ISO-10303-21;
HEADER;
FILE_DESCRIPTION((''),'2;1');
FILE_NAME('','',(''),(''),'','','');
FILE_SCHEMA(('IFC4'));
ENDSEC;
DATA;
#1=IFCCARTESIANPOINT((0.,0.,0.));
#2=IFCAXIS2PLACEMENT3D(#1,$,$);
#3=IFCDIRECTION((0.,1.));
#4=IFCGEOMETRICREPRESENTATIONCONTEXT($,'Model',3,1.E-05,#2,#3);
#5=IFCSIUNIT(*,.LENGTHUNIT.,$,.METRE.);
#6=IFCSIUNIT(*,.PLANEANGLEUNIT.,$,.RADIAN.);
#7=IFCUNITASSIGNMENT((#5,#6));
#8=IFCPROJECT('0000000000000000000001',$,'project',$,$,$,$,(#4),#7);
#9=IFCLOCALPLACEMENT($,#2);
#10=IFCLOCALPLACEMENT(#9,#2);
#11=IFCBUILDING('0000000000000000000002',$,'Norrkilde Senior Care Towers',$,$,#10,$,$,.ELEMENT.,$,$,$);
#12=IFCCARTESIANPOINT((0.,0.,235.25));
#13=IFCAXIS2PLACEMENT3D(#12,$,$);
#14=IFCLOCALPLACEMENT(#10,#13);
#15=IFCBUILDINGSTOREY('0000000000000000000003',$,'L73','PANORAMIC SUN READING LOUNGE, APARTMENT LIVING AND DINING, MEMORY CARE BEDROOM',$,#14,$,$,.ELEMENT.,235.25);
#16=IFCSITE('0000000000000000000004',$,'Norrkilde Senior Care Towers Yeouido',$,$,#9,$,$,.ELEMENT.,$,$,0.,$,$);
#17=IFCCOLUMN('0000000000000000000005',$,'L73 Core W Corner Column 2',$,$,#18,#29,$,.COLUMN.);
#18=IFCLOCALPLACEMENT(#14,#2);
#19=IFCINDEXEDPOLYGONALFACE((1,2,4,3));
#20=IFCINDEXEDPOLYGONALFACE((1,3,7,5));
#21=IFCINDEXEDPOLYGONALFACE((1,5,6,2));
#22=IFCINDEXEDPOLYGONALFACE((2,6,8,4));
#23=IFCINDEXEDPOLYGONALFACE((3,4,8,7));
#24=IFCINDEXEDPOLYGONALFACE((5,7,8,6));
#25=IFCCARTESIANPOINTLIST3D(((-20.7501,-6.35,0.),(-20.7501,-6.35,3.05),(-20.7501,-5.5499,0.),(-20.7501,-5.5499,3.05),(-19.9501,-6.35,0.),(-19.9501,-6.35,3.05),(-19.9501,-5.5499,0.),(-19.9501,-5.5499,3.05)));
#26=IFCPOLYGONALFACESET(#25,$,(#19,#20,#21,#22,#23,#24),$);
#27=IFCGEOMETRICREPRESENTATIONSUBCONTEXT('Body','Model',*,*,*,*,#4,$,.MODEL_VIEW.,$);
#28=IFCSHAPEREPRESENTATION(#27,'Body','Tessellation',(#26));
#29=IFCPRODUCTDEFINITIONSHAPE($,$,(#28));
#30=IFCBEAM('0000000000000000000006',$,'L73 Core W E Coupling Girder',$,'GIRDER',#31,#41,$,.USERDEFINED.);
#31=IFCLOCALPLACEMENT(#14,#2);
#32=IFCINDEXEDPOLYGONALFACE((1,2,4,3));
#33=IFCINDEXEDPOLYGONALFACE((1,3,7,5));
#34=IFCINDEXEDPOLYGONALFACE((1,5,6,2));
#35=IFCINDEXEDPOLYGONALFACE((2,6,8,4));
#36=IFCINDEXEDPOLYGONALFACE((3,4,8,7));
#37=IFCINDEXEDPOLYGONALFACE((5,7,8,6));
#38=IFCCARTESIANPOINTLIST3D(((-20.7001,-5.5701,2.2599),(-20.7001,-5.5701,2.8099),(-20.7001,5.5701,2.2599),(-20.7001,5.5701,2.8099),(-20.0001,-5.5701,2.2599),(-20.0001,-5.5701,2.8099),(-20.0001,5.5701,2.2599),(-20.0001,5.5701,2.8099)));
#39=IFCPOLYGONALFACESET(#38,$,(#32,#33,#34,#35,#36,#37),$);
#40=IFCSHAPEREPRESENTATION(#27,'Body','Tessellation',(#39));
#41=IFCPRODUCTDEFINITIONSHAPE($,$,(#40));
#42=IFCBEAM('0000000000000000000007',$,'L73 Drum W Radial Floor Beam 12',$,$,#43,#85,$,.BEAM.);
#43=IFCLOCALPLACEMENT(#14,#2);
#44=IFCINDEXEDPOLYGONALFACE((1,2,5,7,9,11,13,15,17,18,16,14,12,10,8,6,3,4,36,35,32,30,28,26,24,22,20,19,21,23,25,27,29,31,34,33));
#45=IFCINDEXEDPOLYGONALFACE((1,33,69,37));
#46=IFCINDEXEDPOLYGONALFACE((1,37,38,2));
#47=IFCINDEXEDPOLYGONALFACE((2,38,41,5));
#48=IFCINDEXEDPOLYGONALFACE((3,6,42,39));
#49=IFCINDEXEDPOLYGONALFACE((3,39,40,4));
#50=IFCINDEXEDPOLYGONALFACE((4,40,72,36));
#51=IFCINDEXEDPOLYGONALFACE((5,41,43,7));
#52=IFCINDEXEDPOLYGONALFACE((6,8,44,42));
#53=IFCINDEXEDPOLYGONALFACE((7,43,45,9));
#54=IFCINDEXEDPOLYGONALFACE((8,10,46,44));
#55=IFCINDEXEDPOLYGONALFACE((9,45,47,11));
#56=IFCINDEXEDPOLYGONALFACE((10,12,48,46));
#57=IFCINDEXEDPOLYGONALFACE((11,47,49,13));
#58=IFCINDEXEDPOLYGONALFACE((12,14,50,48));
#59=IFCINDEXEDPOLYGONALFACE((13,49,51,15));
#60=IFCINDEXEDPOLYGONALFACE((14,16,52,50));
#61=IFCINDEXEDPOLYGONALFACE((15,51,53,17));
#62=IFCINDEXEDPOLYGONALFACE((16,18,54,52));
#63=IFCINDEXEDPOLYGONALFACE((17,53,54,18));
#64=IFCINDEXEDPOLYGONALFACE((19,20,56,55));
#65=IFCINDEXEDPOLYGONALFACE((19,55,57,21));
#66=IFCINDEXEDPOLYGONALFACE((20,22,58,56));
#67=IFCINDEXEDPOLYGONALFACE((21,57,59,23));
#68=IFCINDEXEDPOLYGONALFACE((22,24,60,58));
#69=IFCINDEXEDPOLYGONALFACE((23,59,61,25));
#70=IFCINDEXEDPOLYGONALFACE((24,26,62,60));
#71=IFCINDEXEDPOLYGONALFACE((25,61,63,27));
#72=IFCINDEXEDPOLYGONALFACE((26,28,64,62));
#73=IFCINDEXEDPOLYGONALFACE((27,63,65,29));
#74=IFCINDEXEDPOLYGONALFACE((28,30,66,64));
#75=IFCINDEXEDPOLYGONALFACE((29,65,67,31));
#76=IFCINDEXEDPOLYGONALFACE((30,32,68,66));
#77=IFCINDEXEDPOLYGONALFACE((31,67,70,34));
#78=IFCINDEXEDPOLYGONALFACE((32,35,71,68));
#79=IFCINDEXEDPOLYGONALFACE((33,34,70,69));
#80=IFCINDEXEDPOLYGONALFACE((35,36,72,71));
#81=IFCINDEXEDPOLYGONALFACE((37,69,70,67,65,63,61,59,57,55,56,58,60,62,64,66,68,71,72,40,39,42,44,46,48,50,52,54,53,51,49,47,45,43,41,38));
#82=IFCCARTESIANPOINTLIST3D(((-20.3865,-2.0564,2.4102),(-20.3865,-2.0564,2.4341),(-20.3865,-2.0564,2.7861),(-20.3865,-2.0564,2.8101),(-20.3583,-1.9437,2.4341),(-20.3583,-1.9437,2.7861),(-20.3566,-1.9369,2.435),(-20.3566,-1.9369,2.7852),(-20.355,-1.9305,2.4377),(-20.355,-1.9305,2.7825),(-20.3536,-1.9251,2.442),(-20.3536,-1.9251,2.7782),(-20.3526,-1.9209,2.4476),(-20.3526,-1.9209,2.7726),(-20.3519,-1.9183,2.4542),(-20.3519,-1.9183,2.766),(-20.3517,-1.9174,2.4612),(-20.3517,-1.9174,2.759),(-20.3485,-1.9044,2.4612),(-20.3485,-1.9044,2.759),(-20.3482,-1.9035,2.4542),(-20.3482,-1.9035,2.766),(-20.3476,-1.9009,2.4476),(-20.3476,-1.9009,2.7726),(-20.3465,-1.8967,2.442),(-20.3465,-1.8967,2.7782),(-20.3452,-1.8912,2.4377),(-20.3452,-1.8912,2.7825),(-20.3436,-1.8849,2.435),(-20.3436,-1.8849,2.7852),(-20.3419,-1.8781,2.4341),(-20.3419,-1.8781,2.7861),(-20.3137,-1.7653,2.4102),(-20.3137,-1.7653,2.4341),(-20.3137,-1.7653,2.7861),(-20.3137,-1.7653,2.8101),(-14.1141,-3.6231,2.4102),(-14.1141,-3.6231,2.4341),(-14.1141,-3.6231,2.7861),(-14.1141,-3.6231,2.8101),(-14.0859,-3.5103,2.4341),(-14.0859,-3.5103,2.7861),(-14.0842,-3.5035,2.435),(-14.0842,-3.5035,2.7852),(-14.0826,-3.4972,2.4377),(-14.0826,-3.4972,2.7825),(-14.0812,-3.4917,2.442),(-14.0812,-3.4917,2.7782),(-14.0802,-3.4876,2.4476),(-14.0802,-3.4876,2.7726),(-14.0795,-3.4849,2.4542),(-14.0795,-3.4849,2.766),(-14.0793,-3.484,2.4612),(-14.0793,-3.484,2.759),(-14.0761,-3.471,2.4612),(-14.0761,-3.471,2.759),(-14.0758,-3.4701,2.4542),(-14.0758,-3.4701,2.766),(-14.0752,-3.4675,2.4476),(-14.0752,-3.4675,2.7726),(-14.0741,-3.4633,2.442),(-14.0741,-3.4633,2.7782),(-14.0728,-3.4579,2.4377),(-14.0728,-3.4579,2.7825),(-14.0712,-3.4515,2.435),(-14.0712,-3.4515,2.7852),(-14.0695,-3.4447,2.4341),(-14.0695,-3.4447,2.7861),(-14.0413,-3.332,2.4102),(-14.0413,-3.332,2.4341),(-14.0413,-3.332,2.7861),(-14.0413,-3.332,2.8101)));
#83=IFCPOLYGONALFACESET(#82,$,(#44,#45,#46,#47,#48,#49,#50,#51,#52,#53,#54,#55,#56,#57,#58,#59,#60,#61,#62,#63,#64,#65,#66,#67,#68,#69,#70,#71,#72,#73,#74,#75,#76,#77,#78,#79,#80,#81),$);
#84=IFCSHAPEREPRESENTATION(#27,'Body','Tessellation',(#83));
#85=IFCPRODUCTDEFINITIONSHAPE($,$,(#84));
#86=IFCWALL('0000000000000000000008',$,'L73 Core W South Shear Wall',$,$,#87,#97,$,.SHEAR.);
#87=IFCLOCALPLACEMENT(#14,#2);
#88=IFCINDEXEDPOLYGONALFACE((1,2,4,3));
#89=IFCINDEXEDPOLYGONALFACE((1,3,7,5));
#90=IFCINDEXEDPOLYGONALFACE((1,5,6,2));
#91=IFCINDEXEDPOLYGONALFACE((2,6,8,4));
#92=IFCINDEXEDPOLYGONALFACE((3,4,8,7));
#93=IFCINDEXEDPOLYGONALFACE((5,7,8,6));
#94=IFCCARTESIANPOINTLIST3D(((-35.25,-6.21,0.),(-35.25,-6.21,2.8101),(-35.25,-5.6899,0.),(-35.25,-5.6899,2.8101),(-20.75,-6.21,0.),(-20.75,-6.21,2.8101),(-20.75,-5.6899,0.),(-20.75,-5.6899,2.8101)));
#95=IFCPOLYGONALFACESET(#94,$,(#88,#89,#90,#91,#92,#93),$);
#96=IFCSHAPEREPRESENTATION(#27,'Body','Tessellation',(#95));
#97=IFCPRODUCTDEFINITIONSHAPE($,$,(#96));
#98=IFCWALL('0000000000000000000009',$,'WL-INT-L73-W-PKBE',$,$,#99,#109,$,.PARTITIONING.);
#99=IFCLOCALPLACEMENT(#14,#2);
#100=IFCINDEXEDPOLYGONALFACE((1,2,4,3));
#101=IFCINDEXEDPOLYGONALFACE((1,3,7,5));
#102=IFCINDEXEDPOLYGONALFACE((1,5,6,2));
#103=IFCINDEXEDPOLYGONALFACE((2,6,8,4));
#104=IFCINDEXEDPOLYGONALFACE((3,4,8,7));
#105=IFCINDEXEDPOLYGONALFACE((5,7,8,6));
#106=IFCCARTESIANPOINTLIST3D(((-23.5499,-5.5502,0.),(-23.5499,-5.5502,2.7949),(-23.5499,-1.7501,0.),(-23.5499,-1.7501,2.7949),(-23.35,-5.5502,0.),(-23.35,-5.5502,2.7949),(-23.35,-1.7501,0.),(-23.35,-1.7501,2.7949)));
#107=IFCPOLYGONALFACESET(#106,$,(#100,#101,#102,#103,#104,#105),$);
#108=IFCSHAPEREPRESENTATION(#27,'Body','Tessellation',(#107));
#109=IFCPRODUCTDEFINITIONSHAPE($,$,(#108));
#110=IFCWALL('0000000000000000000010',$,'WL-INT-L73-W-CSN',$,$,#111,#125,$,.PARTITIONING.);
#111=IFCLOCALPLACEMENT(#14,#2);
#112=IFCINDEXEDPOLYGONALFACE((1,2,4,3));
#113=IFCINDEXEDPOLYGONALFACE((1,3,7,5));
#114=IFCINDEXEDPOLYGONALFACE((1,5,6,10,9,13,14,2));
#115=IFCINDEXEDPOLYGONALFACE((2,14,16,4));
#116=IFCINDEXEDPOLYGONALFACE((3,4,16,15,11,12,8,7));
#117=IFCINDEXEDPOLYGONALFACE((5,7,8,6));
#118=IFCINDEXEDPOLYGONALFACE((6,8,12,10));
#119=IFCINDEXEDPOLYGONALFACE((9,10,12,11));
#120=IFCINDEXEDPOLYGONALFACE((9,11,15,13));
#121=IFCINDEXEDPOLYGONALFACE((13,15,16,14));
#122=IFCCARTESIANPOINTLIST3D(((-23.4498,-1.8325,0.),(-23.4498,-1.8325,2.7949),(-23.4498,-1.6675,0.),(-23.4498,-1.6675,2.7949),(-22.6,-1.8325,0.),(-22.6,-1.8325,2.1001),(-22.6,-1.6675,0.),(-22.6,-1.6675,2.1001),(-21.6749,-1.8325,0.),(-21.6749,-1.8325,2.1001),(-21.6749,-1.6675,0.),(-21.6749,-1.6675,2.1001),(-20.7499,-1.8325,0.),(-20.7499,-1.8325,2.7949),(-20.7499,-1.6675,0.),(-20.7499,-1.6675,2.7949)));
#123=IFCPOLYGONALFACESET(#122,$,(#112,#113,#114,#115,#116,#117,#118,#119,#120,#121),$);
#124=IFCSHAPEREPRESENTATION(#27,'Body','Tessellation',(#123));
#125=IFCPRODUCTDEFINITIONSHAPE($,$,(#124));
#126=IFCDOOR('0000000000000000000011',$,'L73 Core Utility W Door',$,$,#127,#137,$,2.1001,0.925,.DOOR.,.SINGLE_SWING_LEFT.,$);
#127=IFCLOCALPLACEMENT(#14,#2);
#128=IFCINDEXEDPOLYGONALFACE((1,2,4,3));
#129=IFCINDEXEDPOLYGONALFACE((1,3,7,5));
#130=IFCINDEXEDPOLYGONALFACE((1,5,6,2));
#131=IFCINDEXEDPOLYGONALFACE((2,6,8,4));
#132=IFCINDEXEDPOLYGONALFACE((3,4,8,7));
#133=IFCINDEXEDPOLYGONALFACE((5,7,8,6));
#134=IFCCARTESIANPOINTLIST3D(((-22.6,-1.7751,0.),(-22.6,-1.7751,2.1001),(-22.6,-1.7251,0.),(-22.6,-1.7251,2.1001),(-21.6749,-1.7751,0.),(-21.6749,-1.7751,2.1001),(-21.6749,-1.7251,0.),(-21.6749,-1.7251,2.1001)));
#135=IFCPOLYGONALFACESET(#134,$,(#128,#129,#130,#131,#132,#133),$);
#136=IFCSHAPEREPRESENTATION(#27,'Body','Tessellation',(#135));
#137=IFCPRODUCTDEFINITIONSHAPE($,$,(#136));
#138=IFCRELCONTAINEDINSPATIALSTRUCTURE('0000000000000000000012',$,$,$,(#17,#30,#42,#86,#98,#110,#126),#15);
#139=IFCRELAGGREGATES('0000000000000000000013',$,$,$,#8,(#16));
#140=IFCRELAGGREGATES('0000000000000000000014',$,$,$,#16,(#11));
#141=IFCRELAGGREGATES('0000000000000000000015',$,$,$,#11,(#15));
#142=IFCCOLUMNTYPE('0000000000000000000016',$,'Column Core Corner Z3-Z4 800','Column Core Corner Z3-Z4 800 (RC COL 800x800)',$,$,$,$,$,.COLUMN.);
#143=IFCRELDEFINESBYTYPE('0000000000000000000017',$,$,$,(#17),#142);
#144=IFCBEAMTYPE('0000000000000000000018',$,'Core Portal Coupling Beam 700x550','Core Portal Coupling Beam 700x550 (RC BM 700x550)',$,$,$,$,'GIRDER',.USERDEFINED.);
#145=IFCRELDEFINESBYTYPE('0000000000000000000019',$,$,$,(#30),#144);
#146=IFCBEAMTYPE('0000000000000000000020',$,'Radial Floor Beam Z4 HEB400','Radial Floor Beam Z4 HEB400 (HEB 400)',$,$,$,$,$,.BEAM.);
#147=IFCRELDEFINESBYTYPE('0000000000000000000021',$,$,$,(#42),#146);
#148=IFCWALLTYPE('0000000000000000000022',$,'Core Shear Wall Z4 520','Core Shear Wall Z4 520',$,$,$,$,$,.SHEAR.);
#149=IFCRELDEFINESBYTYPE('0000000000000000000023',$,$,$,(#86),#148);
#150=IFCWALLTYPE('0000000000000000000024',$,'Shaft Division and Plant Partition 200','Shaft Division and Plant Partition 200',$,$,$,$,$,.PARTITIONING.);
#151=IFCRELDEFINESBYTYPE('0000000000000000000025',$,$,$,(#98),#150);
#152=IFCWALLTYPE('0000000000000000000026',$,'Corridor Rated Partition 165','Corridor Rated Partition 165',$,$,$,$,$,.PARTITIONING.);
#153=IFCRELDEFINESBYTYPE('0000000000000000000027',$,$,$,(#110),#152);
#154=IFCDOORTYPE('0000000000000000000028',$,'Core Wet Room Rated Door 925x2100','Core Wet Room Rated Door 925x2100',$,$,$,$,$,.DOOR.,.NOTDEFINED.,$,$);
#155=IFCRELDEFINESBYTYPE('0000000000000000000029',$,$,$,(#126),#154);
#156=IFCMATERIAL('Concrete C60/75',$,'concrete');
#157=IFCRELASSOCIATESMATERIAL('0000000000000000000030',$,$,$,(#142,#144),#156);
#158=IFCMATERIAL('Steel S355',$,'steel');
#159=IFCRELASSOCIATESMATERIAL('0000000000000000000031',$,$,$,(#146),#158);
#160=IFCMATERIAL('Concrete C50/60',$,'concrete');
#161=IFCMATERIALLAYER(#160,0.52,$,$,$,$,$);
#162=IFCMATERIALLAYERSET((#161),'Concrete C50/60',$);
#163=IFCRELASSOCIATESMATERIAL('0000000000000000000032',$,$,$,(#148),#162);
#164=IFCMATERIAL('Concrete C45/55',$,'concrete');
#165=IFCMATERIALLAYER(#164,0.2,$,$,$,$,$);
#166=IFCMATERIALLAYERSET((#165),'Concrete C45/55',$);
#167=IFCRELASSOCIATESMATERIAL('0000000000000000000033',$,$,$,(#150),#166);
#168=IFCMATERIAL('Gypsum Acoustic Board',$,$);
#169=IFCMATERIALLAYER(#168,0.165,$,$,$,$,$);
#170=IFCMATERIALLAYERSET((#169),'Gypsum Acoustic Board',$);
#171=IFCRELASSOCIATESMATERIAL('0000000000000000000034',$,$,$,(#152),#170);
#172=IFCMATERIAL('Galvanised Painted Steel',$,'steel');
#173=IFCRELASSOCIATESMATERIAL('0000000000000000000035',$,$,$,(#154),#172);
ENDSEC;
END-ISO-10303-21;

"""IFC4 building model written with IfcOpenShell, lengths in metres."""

from ifc_helpers import new_model, si_unit, direction, frame, frame_2d, origin, origin_2d, place, context, subcontext, project, spatial, rectangle, i_section, extrude, source, transform, mapped, material, layer, layer_set, material_profile, profile_set, type_object, type_shapes, element, fill, save


model = new_model("IFC4")

# Units and contexts
model_context = context("Model", 3, precision=1e-05, world=origin(), true_north=direction((0.0, 1.0)))
body_context = subcontext(model_context, "Body", "Model", "MODEL_VIEW")
ifc_project = project(units=[si_unit("LENGTHUNIT", "METRE"), si_unit("PLANEANGLEUNIT", "RADIAN")], contexts=[model_context])

# Site, building, storey
site_placement = place(None, origin())
site = spatial("IfcSite", under=ifc_project, at=site_placement, Name="Norrkilde Senior Care Towers Yeouido", CompositionType="ELEMENT", RefElevation=0.0)
building_placement = place(site_placement, origin())
building = spatial("IfcBuilding", under=site, at=building_placement, Name="Norrkilde Senior Care Towers", CompositionType="ELEMENT")
storey_placement = place(building_placement, frame((0.0, 0.0, 235.25)))
storey = spatial("IfcBuildingStorey", under=building, at=storey_placement, Name="L73", Description="PANORAMIC SUN READING LOUNGE, APARTMENT LIVING AND DINING, MEMORY CARE BEDROOM", CompositionType="ELEMENT", Elevation=235.25)

# Column
ifc_material_1 = material(Name="Concrete C60/75", Category="concrete")
ifc_material_profile_1 = material_profile(ifc_material_1, rectangle(XDim=0.8, YDim=0.8, at=origin_2d()), Name="RC COL 800x800")
ifc_profile_set_1 = profile_set([ifc_material_profile_1], Name="Concrete C60/75")
column_type = type_object("IfcColumnType", Name="Column Core Corner Z3-Z4 800", Description="Column Core Corner Z3-Z4 800 (RC COL 800x800)", PredefinedType="COLUMN", material=ifc_profile_set_1)
shared_shape_1 = source(origin(), body_context, "Body", "SweptSolid", [
    extrude(rectangle(XDim=0.8, YDim=0.8, at=origin_2d()), origin(), (0.0, 0.0, 1.0), 3.05),
])
type_shapes(column_type, [shared_shape_1])
column_placement = place(storey_placement, frame((-20.3501, -5.95, 0.0), z_axis=(0.0, 0.0, 1.0), x_axis=(1.0, 0.0, 0.0)))
element("IfcColumn", 1, at=column_placement, inside=storey, type_object=column_type, Name="L73 Core W Corner Column 2", PredefinedType="COLUMN", context=body_context, shape_type="MappedRepresentation", body=[
    mapped(shared_shape_1, transform((0.0, 0.0, 0.0), x_axis=(1.0, 0.0, 0.0), y_axis=(0.0, 1.0, 0.0), z_axis=(0.0, 0.0, 1.0), scale=1.0)),
])

# Beams
ifc_material_profile_2 = material_profile(ifc_material_1, rectangle(XDim=0.7, YDim=0.55, at=origin_2d()), Name="RC BM 700x550")
ifc_profile_set_2 = profile_set([ifc_material_profile_2], Name="Concrete C60/75")
beam_type_1 = type_object("IfcBeamType", Name="Core Portal Coupling Beam 700x550", Description="Core Portal Coupling Beam 700x550 (RC BM 700x550)", ElementType="GIRDER", PredefinedType="USERDEFINED", material=ifc_profile_set_2)
shared_shape_2 = source(origin(), body_context, "Body", "SweptSolid", [
    extrude(rectangle(XDim=0.7, YDim=0.55, at=origin_2d()), origin(), (0.0, 0.0, 1.0), 11.1401),
])
type_shapes(beam_type_1, [shared_shape_2])
beam_1_placement = place(storey_placement, frame((-20.3501, -5.5701, 2.5349), z_axis=(0.0, 1.0, 0.0), x_axis=(-1.0, 0.0, 0.0)))
element("IfcBeam", 2, at=beam_1_placement, inside=storey, type_object=beam_type_1, Name="L73 Core W E Coupling Girder", ObjectType="GIRDER", PredefinedType="USERDEFINED", context=body_context, shape_type="MappedRepresentation", body=[
    mapped(shared_shape_2, transform((0.0, 0.0, 0.0), x_axis=(1.0, 0.0, 0.0), y_axis=(0.0, 1.0, 0.0), z_axis=(0.0, 0.0, 1.0), scale=1.0)),
])
ifc_material_2 = material(Name="Steel S355", Category="steel")
ifc_material_profile_3 = material_profile(ifc_material_2, i_section(OverallWidth=0.3, OverallDepth=0.3999, WebThickness=0.0134, FlangeThickness=0.0239, FilletRadius=0.0271, at=origin_2d()), Name="HEB 400")
ifc_profile_set_3 = profile_set([ifc_material_profile_3], Name="Steel S355")
beam_type_2 = type_object("IfcBeamType", Name="Radial Floor Beam Z4 HEB400", Description="Radial Floor Beam Z4 HEB400 (HEB 400)", PredefinedType="BEAM", material=ifc_profile_set_3)
shared_shape_3 = source(origin(), body_context, "Body", "SweptSolid", [
    extrude(i_section(OverallWidth=0.3, OverallDepth=0.3999, WebThickness=0.0134, FlangeThickness=0.0239, FilletRadius=0.0271, at=origin_2d()), origin(), (0.0, 0.0, 1.0), 6.4651),
])
type_shapes(beam_type_2, [shared_shape_3])
beam_2_placement = place(storey_placement, frame((-20.3501, -1.9109, 2.6101), z_axis=(0.970196, -0.242322, 0.0), x_axis=(0.242322, 0.970196, 0.0)))
element("IfcBeam", 3, at=beam_2_placement, inside=storey, type_object=beam_type_2, Name="L73 Drum W Radial Floor Beam 12", PredefinedType="BEAM", context=body_context, shape_type="MappedRepresentation", body=[
    mapped(shared_shape_3, transform((0.0, 0.0, 0.0), x_axis=(1.0, 0.0, 0.0), y_axis=(0.0, 1.0, 0.0), z_axis=(0.0, 0.0, 1.0), scale=1.0)),
])

# Wall
ifc_material_3 = material(Name="Concrete C50/60", Category="concrete")
ifc_layer_1 = layer(ifc_material_3, 0.52)
ifc_layer_set_1 = layer_set([ifc_layer_1], Name="Concrete C50/60")
wall_type_1 = type_object("IfcWallType", Name="Core Shear Wall Z4 520", Description="Core Shear Wall Z4 520", PredefinedType="SHEAR", material=ifc_layer_set_1)
shared_shape_4 = source(origin(), body_context, "Body", "SweptSolid", [
    extrude(rectangle(XDim=14.5, YDim=0.52, at=frame_2d((7.25, 0.0))), origin(), (0.0, 0.0, 1.0), 2.8101),
])
type_shapes(wall_type_1, [shared_shape_4])
wall_1_placement = place(storey_placement, frame((-20.75, -5.95, 0.0), z_axis=(0.0, 0.0, 1.0), x_axis=(-1.0, 0.0, 0.0)))
element("IfcWall", 4, at=wall_1_placement, inside=storey, type_object=wall_type_1, Name="L73 Core W South Shear Wall", PredefinedType="SHEAR", context=body_context, shape_type="MappedRepresentation", body=[
    mapped(shared_shape_4, transform((0.0, 0.0, 0.0), x_axis=(1.0, 0.0, 0.0), y_axis=(0.0, 1.0, 0.0), z_axis=(0.0, 0.0, 1.0), scale=1.0)),
])

# Shared definitions
ifc_material_4 = material(Name="Concrete C45/55", Category="concrete")
ifc_material_5 = material(Name="Galvanised Painted Steel", Category="steel")

# Wall
ifc_layer_2 = layer(ifc_material_4, 0.2)
ifc_layer_set_2 = layer_set([ifc_layer_2], Name="Concrete C45/55")
wall_type_2 = type_object("IfcWallType", Name="Shaft Division and Plant Partition 200", Description="Shaft Division and Plant Partition 200", PredefinedType="PARTITIONING", material=ifc_layer_set_2)
shared_shape_5 = source(origin(), body_context, "Body", "SweptSolid", [
    extrude(rectangle(XDim=3.8, YDim=0.2, at=frame_2d((1.8999, 0.0))), origin(), (0.0, 0.0, 1.0), 2.7949),
])
type_shapes(wall_type_2, [shared_shape_5])
wall_2_placement = place(storey_placement, frame((-23.45, -5.55, 0.0), z_axis=(0.0, 0.0, 1.0), x_axis=(0.0, 1.0, 0.0)))
element("IfcWall", 5, at=wall_2_placement, inside=storey, type_object=wall_type_2, Name="WL-INT-L73-W-PKBE", PredefinedType="PARTITIONING", context=body_context, shape_type="MappedRepresentation", body=[
    mapped(shared_shape_5, transform((0.0, 0.0, 0.0), x_axis=(1.0, 0.0, 0.0), y_axis=(0.0, 1.0, 0.0), z_axis=(0.0, 0.0, 1.0), scale=1.0)),
])

# Wall, opening, door
ifc_material_6 = material(Name="Gypsum Acoustic Board")
ifc_layer_3 = layer(ifc_material_6, 0.165)
ifc_layer_set_3 = layer_set([ifc_layer_3], Name="Gypsum Acoustic Board")
wall_type_3 = type_object("IfcWallType", Name="Corridor Rated Partition 165", Description="Corridor Rated Partition 165", PredefinedType="PARTITIONING", material=ifc_layer_set_3)
shared_shape_6 = source(origin(), body_context, "Body", "SweptSolid", [
    extrude(rectangle(XDim=2.7, YDim=0.165, at=frame_2d((1.3501, 0.0))), origin(), (0.0, 0.0, 1.0), 2.7949),
])
wall_3_placement = place(storey_placement, frame((-23.45, -1.75, 0.0), z_axis=(0.0, 0.0, 1.0), x_axis=(1.0, 0.0, 0.0)))
wall_3 = element("IfcWall", 6, at=wall_3_placement, inside=storey, type_object=wall_type_3, Name="WL-INT-L73-W-CSN", PredefinedType="PARTITIONING", context=body_context, shape_type="MappedRepresentation", body=[
    mapped(shared_shape_6, transform((0.0, 0.0, 0.0), x_axis=(1.0, 0.0, 0.0), y_axis=(0.0, 1.0, 0.0), z_axis=(0.0, 0.0, 1.0), scale=1.0)),
])
opening_1_placement = place(wall_3_placement, frame((0.8501, 0.0, 0.0)))
opening_1 = element("IfcOpeningElement", 7, at=opening_1_placement, cuts=wall_3, PredefinedType="OPENING", context=body_context, shape_type="SweptSolid", body=[
    extrude(rectangle(XDim=0.925, YDim=2.1001, at=frame_2d((0.4624, 1.05))), frame((0.0, 0.0925, 0.0), z_axis=(0.0, -1.0, 0.0), x_axis=(1.0, 0.0, 0.0)), (0.0, 0.0, 1.0), 0.1851),
])
door_type_1 = type_object("IfcDoorType", Name="Core Wet Room Rated Door 925x2100", Description="Core Wet Room Rated Door 925x2100", OperationType="NOTDEFINED", PredefinedType="DOOR", material=ifc_material_5)
shared_shape_7 = source(origin(), body_context, "Body", "SweptSolid", [
    extrude(rectangle(XDim=0.925, YDim=2.1001, at=frame_2d((0.4624, 1.05))), frame((0.0, 0.0249, 0.0), z_axis=(0.0, -1.0, 0.0), x_axis=(1.0, 0.0, 0.0)), (0.0, 0.0, 1.0), 0.05),
])
type_shapes(door_type_1, [shared_shape_7])
door_1_placement = place(opening_1_placement, origin())
door_1 = element("IfcDoor", 8, at=door_1_placement, inside=storey, type_object=door_type_1, Name="L73 Core Utility W Door", OperationType="SINGLE_SWING_LEFT", OverallHeight=2.1001, OverallWidth=0.925, PredefinedType="DOOR", context=body_context, shape_type="MappedRepresentation", body=[
    mapped(shared_shape_7, transform((0.0, 0.0, 0.0), x_axis=(1.0, 0.0, 0.0), y_axis=(0.0, 1.0, 0.0), z_axis=(0.0, 0.0, 1.0), scale=1.0)),
])
fill(opening_1, door_1)

save(model, "model.ifc")
